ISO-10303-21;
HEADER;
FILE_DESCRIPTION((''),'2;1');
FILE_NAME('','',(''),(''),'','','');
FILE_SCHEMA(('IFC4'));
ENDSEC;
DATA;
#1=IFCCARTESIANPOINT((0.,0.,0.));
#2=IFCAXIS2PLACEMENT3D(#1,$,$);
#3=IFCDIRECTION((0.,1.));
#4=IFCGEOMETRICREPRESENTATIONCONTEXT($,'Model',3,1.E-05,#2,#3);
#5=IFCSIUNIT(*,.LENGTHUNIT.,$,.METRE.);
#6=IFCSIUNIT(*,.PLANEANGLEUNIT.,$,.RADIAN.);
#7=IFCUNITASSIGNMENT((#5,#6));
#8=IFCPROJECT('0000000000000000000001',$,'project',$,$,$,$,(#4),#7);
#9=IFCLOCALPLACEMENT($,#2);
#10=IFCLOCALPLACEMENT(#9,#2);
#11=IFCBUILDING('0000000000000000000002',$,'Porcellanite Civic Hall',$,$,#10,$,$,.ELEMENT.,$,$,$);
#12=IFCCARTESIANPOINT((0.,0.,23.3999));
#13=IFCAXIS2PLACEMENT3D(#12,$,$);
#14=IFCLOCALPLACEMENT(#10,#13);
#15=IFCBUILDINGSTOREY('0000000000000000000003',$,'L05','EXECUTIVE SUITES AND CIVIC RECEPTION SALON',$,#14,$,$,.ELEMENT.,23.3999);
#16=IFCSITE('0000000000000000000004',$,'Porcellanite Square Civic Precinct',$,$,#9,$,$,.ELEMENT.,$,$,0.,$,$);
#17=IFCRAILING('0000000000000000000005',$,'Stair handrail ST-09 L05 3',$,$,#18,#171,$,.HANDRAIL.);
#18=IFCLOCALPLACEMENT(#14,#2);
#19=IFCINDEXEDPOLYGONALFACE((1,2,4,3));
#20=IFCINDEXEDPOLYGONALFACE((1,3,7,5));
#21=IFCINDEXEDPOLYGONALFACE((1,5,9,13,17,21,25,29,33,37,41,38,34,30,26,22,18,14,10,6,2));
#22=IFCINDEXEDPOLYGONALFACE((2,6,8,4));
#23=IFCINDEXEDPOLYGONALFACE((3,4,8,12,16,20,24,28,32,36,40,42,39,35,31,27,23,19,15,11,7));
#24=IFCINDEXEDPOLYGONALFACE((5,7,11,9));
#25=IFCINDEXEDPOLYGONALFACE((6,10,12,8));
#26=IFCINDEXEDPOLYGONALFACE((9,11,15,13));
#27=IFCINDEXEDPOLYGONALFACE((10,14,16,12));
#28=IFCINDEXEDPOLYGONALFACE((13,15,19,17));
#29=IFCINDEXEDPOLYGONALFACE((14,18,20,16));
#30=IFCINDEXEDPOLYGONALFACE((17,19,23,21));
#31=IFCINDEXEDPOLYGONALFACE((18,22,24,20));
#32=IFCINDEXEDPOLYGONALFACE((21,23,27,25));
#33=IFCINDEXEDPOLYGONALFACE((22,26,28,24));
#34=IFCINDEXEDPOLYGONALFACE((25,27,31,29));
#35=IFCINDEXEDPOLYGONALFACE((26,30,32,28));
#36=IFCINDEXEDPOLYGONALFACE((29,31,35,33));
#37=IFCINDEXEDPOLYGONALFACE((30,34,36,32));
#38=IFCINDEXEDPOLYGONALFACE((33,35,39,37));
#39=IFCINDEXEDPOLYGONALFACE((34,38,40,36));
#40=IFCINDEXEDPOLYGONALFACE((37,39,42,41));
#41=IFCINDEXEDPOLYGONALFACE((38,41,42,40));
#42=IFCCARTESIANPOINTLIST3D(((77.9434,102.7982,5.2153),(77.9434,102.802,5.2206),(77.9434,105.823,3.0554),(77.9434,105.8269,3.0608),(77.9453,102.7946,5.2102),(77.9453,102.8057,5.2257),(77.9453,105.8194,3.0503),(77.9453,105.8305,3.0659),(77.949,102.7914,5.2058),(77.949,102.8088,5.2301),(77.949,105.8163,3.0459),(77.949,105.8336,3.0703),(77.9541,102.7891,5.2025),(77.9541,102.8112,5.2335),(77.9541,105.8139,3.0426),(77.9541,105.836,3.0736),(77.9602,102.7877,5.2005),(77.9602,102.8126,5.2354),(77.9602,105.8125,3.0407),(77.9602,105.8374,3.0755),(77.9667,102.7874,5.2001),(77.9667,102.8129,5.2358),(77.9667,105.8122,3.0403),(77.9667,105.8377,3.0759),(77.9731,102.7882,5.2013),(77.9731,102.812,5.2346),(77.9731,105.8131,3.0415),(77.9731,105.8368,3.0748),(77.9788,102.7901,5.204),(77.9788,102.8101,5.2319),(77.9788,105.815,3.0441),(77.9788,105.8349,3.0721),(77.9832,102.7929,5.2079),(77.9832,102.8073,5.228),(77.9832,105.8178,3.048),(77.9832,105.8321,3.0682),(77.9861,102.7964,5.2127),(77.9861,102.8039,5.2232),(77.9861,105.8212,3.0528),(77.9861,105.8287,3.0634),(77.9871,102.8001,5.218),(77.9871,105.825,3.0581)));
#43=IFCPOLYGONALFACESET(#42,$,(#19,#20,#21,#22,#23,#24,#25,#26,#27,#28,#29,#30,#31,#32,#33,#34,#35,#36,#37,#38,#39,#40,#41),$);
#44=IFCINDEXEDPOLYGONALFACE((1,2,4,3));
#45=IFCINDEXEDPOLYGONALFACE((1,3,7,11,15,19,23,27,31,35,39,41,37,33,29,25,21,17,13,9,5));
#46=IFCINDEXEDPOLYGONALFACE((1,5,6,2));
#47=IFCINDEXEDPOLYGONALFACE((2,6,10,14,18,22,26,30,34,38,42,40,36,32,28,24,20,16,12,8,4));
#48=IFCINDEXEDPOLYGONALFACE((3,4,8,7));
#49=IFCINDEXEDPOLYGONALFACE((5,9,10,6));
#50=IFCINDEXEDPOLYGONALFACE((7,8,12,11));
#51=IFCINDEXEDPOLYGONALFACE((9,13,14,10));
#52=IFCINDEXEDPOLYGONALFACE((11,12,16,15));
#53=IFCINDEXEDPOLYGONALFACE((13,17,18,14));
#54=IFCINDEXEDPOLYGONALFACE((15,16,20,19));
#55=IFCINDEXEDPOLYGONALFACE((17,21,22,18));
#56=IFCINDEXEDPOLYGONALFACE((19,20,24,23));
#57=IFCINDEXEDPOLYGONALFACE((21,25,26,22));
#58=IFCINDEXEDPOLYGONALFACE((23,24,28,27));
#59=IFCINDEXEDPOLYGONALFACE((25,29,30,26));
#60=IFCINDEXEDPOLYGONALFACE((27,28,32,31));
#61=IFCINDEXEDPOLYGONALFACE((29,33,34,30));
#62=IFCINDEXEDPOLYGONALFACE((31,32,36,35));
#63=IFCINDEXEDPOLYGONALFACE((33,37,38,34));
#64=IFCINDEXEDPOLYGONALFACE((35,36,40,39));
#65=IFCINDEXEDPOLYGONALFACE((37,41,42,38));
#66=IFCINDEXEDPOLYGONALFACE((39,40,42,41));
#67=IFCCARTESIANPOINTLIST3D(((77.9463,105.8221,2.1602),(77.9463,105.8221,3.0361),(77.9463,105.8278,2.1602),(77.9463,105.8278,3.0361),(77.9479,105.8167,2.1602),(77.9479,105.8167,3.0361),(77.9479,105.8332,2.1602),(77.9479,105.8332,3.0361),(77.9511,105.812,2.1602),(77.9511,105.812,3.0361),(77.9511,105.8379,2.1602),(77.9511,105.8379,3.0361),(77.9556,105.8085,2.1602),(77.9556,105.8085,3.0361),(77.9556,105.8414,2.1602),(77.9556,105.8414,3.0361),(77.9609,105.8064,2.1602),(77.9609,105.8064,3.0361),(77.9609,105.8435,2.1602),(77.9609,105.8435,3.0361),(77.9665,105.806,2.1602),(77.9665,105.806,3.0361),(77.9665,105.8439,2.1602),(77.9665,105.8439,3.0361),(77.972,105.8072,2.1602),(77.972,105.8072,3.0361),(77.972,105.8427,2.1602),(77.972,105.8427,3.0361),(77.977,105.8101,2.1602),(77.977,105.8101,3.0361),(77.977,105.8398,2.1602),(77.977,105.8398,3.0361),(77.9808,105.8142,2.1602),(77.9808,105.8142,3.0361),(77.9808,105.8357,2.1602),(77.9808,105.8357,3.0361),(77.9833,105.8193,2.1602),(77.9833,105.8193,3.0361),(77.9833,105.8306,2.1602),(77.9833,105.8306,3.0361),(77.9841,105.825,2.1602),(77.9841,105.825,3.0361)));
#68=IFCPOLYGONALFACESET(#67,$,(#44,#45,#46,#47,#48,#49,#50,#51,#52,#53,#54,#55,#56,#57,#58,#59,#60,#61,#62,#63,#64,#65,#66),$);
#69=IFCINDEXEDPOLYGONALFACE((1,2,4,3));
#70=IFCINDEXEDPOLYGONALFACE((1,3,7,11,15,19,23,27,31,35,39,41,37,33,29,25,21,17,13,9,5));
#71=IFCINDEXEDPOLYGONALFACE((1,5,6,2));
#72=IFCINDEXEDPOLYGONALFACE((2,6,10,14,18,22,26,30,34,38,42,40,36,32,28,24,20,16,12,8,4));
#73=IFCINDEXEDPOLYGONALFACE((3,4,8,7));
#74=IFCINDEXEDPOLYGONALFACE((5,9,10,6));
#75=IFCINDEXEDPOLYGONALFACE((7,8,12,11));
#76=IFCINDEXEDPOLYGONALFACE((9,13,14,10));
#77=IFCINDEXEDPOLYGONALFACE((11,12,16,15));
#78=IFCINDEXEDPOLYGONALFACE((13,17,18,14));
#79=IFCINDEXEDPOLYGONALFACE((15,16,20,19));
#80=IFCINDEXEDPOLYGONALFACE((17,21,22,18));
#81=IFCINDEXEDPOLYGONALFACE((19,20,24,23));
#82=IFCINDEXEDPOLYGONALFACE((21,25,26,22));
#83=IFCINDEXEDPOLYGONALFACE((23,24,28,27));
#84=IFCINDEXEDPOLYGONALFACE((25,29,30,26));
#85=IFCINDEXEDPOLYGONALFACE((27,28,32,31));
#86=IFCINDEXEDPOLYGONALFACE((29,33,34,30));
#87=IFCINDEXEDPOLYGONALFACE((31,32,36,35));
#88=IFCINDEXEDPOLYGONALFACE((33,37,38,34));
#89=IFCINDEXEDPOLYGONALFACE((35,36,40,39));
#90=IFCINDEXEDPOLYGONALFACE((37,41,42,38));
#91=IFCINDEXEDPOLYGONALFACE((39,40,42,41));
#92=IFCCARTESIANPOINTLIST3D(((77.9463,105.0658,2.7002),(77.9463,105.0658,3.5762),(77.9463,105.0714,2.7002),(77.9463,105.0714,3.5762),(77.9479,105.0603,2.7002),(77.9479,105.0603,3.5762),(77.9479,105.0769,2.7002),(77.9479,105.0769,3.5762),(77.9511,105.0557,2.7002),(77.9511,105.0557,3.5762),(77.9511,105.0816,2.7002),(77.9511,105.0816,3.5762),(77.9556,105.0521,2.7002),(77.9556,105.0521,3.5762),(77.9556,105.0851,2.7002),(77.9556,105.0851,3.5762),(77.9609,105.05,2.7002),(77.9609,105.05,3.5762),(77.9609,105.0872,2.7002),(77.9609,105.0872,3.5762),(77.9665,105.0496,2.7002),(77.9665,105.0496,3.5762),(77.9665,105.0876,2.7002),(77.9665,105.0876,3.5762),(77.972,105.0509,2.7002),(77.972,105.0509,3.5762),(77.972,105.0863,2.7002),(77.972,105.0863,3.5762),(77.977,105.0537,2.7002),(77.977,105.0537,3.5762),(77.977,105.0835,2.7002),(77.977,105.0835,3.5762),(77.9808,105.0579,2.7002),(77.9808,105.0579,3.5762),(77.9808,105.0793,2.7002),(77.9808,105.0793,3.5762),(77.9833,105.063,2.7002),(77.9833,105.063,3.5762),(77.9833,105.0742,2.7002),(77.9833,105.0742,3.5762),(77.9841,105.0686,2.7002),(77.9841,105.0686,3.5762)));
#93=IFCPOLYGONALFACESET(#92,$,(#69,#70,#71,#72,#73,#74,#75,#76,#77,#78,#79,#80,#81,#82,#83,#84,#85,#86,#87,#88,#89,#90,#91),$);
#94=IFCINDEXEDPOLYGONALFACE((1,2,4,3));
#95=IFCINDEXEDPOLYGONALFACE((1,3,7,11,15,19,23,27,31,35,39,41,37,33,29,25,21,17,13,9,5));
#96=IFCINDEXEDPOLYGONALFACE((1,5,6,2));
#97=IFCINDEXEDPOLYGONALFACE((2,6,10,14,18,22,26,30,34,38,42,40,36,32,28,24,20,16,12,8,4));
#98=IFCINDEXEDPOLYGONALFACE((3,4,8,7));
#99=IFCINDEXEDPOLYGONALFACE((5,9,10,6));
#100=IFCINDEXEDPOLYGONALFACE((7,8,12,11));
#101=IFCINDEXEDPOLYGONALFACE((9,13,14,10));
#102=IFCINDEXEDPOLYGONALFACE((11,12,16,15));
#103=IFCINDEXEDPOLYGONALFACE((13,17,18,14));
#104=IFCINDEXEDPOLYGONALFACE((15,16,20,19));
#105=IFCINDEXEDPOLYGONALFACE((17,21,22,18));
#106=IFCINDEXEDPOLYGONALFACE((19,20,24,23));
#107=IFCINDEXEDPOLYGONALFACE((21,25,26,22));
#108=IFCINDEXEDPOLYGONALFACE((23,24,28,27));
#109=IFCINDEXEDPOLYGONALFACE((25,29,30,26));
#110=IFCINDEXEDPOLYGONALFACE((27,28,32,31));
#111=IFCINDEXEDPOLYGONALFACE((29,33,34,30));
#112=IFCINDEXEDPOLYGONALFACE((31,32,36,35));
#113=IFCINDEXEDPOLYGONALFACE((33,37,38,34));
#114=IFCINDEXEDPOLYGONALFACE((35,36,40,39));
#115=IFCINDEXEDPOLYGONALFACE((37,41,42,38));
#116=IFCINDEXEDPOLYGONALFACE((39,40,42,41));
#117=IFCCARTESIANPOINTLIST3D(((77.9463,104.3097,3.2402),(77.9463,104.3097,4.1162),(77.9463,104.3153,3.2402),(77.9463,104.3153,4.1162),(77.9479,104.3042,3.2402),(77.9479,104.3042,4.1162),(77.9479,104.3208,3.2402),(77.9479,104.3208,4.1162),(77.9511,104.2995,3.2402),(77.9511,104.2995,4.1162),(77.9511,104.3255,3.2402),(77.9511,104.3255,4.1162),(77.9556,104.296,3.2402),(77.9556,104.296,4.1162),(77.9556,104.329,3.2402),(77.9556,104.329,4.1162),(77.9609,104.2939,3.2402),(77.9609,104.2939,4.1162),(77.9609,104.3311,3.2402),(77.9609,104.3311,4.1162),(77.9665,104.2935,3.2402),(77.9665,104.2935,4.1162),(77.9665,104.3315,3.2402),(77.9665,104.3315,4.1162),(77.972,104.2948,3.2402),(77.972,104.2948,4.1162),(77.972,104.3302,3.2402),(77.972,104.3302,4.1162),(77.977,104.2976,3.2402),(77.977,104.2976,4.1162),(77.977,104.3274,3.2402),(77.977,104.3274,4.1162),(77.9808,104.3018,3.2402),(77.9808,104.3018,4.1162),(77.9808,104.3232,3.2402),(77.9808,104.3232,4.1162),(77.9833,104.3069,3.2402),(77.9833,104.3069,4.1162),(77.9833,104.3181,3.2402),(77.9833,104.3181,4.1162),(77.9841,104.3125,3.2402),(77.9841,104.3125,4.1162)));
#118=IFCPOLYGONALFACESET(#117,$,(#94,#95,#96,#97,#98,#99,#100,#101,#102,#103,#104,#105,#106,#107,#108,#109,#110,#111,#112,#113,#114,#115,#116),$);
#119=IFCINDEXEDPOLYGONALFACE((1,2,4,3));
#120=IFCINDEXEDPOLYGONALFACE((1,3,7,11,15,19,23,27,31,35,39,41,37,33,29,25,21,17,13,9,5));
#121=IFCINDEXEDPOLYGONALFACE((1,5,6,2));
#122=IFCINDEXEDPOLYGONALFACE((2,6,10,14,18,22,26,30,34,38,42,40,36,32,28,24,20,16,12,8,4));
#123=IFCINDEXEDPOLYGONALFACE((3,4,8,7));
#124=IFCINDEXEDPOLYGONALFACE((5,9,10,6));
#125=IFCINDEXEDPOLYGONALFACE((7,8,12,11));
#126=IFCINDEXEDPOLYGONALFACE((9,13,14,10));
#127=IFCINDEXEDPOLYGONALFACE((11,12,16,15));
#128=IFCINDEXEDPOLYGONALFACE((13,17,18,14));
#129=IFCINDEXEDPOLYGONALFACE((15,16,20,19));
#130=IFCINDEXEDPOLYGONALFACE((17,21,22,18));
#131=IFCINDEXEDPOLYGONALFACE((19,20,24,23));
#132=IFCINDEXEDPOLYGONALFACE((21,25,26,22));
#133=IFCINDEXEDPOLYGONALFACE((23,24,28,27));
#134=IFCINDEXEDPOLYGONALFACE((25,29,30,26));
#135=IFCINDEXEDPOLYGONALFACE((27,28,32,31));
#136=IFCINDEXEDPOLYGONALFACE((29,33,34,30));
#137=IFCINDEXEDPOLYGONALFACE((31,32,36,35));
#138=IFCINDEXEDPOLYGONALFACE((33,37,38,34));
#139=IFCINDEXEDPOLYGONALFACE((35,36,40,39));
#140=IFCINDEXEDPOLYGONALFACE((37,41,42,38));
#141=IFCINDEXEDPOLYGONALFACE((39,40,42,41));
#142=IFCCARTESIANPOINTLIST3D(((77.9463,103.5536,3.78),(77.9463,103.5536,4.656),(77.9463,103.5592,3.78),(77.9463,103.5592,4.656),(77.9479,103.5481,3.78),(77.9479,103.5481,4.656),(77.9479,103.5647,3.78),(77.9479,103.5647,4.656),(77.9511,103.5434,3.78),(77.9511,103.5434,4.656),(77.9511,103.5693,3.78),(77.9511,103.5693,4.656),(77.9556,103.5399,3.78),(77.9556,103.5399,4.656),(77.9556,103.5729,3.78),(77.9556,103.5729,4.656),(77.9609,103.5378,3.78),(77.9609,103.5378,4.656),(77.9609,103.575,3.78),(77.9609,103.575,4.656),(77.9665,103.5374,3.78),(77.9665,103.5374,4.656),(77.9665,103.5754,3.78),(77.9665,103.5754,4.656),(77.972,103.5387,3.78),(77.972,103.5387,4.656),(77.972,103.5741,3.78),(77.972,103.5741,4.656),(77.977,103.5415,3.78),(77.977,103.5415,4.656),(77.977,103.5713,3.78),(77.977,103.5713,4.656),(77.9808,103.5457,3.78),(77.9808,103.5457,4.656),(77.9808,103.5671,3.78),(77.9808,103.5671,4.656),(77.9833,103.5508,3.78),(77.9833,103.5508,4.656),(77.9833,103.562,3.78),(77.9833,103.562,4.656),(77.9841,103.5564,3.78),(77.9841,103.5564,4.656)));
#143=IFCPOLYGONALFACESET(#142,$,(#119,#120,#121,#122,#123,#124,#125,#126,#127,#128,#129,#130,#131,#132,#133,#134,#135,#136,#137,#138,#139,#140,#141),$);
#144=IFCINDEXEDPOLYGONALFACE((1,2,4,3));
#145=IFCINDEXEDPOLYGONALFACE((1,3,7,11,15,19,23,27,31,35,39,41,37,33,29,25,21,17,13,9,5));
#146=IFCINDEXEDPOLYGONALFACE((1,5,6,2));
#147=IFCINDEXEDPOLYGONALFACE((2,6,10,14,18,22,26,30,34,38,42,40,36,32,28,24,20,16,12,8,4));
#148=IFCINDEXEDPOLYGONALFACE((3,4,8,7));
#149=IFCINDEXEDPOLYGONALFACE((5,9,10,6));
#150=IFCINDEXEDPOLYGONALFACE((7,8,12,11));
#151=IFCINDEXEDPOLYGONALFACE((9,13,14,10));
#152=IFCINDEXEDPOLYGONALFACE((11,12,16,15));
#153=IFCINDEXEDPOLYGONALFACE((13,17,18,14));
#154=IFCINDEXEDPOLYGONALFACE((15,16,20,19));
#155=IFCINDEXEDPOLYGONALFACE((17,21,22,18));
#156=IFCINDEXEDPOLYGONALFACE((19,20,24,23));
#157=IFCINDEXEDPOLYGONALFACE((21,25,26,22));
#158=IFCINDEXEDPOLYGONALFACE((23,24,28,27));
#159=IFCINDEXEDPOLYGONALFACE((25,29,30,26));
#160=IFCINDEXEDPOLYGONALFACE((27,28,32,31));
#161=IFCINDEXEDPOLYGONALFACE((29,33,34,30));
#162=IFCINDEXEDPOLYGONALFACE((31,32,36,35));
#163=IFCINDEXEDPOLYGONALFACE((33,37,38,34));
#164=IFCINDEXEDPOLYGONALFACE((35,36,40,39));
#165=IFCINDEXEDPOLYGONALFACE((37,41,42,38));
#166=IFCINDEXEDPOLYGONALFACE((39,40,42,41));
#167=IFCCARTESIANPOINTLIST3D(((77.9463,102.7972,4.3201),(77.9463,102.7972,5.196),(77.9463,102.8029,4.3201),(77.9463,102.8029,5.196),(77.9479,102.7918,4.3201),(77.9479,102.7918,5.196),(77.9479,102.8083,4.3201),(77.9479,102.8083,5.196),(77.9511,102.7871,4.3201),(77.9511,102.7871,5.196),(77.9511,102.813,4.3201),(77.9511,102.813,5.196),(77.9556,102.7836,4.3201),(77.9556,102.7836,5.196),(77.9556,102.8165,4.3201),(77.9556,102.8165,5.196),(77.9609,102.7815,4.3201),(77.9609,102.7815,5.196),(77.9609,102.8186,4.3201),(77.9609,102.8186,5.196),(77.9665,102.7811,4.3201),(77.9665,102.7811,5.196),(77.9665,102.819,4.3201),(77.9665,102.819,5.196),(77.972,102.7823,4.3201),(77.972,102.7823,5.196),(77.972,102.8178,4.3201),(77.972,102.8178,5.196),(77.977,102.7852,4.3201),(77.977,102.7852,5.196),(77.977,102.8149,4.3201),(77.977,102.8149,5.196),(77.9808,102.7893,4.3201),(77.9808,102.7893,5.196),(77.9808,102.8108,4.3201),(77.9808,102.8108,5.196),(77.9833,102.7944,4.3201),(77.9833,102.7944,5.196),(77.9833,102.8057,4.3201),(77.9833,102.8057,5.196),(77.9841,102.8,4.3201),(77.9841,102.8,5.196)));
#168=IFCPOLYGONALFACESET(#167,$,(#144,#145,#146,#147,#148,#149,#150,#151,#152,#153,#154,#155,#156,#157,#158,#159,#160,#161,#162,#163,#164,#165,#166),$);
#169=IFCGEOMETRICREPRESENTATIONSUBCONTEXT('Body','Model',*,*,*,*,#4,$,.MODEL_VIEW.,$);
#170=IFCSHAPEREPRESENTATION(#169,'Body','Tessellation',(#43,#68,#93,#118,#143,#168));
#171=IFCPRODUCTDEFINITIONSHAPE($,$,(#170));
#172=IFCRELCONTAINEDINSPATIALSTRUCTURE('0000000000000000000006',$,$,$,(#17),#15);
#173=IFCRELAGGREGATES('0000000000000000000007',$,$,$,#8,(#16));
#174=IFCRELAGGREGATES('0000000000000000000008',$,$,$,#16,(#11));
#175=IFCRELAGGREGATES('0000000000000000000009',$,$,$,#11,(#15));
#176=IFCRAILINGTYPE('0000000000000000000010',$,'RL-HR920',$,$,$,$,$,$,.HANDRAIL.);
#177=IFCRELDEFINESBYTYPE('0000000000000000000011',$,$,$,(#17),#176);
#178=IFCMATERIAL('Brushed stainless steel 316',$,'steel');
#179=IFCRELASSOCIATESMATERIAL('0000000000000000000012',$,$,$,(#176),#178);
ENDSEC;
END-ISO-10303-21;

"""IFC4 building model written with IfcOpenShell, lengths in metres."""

from ifc_helpers import new_model, si_unit, direction, frame, origin, origin_2d, place, context, subcontext, project, spatial, circle, extrude, material, type_object, element, save


model = new_model("IFC4")

# Units and contexts
model_context = context("Model", 3, precision=1e-05, world=origin(), true_north=direction((0.0, 1.0)))
body_context = subcontext(model_context, "Body", "Model", "MODEL_VIEW")
ifc_project = project(units=[si_unit("LENGTHUNIT", "METRE"), si_unit("PLANEANGLEUNIT", "RADIAN")], contexts=[model_context])

# Site, building, storey
site_placement = place(None, origin())
site = spatial("IfcSite", under=ifc_project, at=site_placement, Name="Porcellanite Square Civic Precinct", CompositionType="ELEMENT", RefElevation=0.0)
building_placement = place(site_placement, origin())
building = spatial("IfcBuilding", under=site, at=building_placement, Name="Porcellanite Civic Hall", CompositionType="ELEMENT")
storey_placement = place(building_placement, frame((0.0, 0.0, 23.3999)))
storey = spatial("IfcBuildingStorey", under=building, at=storey_placement, Name="L05", Description="EXECUTIVE SUITES AND CIVIC RECEPTION SALON", CompositionType="ELEMENT", Elevation=23.3999)

# Railing
ifc_material_1 = material(Name="Brushed stainless steel 316", Category="steel")
railing_type_1 = type_object("IfcRailingType", Name="RL-HR920", PredefinedType="HANDRAIL", material=ifc_material_1)
railing_1_placement = place(storey_placement, frame((77.9651, 105.825, 2.1602)))
element("IfcRailing", 1, at=railing_1_placement, inside=storey, type_object=railing_type_1, Name="Stair handrail ST-09 L05 3", PredefinedType="HANDRAIL", context=body_context, shape_type="SweptSolid", body=[
    extrude(circle(Radius=0.022, at=origin_2d()), frame((0.0, 0.0, 0.8979), z_axis=(0.0, -0.813827, 0.581108), x_axis=(1.0, 0.0, 0.0)), (0.0, 0.0, 1.0), 3.7168),
    extrude(circle(Radius=0.019, at=origin_2d()), origin(), (0.0, 0.0, 1.0), 0.876),
    extrude(circle(Radius=0.019, at=origin_2d()), frame((0.0, -0.7563, 0.54)), (0.0, 0.0, 1.0), 0.876),
    extrude(circle(Radius=0.019, at=origin_2d()), frame((0.0, -1.5125, 1.0801)), (0.0, 0.0, 1.0), 0.876),
    extrude(circle(Radius=0.019, at=origin_2d()), frame((0.0, -2.2686, 1.6199)), (0.0, 0.0, 1.0), 0.876),
    extrude(circle(Radius=0.019, at=origin_2d()), frame((0.0, -3.0249, 2.1599)), (0.0, 0.0, 1.0), 0.876),
])

save(model, "model.ifc")
